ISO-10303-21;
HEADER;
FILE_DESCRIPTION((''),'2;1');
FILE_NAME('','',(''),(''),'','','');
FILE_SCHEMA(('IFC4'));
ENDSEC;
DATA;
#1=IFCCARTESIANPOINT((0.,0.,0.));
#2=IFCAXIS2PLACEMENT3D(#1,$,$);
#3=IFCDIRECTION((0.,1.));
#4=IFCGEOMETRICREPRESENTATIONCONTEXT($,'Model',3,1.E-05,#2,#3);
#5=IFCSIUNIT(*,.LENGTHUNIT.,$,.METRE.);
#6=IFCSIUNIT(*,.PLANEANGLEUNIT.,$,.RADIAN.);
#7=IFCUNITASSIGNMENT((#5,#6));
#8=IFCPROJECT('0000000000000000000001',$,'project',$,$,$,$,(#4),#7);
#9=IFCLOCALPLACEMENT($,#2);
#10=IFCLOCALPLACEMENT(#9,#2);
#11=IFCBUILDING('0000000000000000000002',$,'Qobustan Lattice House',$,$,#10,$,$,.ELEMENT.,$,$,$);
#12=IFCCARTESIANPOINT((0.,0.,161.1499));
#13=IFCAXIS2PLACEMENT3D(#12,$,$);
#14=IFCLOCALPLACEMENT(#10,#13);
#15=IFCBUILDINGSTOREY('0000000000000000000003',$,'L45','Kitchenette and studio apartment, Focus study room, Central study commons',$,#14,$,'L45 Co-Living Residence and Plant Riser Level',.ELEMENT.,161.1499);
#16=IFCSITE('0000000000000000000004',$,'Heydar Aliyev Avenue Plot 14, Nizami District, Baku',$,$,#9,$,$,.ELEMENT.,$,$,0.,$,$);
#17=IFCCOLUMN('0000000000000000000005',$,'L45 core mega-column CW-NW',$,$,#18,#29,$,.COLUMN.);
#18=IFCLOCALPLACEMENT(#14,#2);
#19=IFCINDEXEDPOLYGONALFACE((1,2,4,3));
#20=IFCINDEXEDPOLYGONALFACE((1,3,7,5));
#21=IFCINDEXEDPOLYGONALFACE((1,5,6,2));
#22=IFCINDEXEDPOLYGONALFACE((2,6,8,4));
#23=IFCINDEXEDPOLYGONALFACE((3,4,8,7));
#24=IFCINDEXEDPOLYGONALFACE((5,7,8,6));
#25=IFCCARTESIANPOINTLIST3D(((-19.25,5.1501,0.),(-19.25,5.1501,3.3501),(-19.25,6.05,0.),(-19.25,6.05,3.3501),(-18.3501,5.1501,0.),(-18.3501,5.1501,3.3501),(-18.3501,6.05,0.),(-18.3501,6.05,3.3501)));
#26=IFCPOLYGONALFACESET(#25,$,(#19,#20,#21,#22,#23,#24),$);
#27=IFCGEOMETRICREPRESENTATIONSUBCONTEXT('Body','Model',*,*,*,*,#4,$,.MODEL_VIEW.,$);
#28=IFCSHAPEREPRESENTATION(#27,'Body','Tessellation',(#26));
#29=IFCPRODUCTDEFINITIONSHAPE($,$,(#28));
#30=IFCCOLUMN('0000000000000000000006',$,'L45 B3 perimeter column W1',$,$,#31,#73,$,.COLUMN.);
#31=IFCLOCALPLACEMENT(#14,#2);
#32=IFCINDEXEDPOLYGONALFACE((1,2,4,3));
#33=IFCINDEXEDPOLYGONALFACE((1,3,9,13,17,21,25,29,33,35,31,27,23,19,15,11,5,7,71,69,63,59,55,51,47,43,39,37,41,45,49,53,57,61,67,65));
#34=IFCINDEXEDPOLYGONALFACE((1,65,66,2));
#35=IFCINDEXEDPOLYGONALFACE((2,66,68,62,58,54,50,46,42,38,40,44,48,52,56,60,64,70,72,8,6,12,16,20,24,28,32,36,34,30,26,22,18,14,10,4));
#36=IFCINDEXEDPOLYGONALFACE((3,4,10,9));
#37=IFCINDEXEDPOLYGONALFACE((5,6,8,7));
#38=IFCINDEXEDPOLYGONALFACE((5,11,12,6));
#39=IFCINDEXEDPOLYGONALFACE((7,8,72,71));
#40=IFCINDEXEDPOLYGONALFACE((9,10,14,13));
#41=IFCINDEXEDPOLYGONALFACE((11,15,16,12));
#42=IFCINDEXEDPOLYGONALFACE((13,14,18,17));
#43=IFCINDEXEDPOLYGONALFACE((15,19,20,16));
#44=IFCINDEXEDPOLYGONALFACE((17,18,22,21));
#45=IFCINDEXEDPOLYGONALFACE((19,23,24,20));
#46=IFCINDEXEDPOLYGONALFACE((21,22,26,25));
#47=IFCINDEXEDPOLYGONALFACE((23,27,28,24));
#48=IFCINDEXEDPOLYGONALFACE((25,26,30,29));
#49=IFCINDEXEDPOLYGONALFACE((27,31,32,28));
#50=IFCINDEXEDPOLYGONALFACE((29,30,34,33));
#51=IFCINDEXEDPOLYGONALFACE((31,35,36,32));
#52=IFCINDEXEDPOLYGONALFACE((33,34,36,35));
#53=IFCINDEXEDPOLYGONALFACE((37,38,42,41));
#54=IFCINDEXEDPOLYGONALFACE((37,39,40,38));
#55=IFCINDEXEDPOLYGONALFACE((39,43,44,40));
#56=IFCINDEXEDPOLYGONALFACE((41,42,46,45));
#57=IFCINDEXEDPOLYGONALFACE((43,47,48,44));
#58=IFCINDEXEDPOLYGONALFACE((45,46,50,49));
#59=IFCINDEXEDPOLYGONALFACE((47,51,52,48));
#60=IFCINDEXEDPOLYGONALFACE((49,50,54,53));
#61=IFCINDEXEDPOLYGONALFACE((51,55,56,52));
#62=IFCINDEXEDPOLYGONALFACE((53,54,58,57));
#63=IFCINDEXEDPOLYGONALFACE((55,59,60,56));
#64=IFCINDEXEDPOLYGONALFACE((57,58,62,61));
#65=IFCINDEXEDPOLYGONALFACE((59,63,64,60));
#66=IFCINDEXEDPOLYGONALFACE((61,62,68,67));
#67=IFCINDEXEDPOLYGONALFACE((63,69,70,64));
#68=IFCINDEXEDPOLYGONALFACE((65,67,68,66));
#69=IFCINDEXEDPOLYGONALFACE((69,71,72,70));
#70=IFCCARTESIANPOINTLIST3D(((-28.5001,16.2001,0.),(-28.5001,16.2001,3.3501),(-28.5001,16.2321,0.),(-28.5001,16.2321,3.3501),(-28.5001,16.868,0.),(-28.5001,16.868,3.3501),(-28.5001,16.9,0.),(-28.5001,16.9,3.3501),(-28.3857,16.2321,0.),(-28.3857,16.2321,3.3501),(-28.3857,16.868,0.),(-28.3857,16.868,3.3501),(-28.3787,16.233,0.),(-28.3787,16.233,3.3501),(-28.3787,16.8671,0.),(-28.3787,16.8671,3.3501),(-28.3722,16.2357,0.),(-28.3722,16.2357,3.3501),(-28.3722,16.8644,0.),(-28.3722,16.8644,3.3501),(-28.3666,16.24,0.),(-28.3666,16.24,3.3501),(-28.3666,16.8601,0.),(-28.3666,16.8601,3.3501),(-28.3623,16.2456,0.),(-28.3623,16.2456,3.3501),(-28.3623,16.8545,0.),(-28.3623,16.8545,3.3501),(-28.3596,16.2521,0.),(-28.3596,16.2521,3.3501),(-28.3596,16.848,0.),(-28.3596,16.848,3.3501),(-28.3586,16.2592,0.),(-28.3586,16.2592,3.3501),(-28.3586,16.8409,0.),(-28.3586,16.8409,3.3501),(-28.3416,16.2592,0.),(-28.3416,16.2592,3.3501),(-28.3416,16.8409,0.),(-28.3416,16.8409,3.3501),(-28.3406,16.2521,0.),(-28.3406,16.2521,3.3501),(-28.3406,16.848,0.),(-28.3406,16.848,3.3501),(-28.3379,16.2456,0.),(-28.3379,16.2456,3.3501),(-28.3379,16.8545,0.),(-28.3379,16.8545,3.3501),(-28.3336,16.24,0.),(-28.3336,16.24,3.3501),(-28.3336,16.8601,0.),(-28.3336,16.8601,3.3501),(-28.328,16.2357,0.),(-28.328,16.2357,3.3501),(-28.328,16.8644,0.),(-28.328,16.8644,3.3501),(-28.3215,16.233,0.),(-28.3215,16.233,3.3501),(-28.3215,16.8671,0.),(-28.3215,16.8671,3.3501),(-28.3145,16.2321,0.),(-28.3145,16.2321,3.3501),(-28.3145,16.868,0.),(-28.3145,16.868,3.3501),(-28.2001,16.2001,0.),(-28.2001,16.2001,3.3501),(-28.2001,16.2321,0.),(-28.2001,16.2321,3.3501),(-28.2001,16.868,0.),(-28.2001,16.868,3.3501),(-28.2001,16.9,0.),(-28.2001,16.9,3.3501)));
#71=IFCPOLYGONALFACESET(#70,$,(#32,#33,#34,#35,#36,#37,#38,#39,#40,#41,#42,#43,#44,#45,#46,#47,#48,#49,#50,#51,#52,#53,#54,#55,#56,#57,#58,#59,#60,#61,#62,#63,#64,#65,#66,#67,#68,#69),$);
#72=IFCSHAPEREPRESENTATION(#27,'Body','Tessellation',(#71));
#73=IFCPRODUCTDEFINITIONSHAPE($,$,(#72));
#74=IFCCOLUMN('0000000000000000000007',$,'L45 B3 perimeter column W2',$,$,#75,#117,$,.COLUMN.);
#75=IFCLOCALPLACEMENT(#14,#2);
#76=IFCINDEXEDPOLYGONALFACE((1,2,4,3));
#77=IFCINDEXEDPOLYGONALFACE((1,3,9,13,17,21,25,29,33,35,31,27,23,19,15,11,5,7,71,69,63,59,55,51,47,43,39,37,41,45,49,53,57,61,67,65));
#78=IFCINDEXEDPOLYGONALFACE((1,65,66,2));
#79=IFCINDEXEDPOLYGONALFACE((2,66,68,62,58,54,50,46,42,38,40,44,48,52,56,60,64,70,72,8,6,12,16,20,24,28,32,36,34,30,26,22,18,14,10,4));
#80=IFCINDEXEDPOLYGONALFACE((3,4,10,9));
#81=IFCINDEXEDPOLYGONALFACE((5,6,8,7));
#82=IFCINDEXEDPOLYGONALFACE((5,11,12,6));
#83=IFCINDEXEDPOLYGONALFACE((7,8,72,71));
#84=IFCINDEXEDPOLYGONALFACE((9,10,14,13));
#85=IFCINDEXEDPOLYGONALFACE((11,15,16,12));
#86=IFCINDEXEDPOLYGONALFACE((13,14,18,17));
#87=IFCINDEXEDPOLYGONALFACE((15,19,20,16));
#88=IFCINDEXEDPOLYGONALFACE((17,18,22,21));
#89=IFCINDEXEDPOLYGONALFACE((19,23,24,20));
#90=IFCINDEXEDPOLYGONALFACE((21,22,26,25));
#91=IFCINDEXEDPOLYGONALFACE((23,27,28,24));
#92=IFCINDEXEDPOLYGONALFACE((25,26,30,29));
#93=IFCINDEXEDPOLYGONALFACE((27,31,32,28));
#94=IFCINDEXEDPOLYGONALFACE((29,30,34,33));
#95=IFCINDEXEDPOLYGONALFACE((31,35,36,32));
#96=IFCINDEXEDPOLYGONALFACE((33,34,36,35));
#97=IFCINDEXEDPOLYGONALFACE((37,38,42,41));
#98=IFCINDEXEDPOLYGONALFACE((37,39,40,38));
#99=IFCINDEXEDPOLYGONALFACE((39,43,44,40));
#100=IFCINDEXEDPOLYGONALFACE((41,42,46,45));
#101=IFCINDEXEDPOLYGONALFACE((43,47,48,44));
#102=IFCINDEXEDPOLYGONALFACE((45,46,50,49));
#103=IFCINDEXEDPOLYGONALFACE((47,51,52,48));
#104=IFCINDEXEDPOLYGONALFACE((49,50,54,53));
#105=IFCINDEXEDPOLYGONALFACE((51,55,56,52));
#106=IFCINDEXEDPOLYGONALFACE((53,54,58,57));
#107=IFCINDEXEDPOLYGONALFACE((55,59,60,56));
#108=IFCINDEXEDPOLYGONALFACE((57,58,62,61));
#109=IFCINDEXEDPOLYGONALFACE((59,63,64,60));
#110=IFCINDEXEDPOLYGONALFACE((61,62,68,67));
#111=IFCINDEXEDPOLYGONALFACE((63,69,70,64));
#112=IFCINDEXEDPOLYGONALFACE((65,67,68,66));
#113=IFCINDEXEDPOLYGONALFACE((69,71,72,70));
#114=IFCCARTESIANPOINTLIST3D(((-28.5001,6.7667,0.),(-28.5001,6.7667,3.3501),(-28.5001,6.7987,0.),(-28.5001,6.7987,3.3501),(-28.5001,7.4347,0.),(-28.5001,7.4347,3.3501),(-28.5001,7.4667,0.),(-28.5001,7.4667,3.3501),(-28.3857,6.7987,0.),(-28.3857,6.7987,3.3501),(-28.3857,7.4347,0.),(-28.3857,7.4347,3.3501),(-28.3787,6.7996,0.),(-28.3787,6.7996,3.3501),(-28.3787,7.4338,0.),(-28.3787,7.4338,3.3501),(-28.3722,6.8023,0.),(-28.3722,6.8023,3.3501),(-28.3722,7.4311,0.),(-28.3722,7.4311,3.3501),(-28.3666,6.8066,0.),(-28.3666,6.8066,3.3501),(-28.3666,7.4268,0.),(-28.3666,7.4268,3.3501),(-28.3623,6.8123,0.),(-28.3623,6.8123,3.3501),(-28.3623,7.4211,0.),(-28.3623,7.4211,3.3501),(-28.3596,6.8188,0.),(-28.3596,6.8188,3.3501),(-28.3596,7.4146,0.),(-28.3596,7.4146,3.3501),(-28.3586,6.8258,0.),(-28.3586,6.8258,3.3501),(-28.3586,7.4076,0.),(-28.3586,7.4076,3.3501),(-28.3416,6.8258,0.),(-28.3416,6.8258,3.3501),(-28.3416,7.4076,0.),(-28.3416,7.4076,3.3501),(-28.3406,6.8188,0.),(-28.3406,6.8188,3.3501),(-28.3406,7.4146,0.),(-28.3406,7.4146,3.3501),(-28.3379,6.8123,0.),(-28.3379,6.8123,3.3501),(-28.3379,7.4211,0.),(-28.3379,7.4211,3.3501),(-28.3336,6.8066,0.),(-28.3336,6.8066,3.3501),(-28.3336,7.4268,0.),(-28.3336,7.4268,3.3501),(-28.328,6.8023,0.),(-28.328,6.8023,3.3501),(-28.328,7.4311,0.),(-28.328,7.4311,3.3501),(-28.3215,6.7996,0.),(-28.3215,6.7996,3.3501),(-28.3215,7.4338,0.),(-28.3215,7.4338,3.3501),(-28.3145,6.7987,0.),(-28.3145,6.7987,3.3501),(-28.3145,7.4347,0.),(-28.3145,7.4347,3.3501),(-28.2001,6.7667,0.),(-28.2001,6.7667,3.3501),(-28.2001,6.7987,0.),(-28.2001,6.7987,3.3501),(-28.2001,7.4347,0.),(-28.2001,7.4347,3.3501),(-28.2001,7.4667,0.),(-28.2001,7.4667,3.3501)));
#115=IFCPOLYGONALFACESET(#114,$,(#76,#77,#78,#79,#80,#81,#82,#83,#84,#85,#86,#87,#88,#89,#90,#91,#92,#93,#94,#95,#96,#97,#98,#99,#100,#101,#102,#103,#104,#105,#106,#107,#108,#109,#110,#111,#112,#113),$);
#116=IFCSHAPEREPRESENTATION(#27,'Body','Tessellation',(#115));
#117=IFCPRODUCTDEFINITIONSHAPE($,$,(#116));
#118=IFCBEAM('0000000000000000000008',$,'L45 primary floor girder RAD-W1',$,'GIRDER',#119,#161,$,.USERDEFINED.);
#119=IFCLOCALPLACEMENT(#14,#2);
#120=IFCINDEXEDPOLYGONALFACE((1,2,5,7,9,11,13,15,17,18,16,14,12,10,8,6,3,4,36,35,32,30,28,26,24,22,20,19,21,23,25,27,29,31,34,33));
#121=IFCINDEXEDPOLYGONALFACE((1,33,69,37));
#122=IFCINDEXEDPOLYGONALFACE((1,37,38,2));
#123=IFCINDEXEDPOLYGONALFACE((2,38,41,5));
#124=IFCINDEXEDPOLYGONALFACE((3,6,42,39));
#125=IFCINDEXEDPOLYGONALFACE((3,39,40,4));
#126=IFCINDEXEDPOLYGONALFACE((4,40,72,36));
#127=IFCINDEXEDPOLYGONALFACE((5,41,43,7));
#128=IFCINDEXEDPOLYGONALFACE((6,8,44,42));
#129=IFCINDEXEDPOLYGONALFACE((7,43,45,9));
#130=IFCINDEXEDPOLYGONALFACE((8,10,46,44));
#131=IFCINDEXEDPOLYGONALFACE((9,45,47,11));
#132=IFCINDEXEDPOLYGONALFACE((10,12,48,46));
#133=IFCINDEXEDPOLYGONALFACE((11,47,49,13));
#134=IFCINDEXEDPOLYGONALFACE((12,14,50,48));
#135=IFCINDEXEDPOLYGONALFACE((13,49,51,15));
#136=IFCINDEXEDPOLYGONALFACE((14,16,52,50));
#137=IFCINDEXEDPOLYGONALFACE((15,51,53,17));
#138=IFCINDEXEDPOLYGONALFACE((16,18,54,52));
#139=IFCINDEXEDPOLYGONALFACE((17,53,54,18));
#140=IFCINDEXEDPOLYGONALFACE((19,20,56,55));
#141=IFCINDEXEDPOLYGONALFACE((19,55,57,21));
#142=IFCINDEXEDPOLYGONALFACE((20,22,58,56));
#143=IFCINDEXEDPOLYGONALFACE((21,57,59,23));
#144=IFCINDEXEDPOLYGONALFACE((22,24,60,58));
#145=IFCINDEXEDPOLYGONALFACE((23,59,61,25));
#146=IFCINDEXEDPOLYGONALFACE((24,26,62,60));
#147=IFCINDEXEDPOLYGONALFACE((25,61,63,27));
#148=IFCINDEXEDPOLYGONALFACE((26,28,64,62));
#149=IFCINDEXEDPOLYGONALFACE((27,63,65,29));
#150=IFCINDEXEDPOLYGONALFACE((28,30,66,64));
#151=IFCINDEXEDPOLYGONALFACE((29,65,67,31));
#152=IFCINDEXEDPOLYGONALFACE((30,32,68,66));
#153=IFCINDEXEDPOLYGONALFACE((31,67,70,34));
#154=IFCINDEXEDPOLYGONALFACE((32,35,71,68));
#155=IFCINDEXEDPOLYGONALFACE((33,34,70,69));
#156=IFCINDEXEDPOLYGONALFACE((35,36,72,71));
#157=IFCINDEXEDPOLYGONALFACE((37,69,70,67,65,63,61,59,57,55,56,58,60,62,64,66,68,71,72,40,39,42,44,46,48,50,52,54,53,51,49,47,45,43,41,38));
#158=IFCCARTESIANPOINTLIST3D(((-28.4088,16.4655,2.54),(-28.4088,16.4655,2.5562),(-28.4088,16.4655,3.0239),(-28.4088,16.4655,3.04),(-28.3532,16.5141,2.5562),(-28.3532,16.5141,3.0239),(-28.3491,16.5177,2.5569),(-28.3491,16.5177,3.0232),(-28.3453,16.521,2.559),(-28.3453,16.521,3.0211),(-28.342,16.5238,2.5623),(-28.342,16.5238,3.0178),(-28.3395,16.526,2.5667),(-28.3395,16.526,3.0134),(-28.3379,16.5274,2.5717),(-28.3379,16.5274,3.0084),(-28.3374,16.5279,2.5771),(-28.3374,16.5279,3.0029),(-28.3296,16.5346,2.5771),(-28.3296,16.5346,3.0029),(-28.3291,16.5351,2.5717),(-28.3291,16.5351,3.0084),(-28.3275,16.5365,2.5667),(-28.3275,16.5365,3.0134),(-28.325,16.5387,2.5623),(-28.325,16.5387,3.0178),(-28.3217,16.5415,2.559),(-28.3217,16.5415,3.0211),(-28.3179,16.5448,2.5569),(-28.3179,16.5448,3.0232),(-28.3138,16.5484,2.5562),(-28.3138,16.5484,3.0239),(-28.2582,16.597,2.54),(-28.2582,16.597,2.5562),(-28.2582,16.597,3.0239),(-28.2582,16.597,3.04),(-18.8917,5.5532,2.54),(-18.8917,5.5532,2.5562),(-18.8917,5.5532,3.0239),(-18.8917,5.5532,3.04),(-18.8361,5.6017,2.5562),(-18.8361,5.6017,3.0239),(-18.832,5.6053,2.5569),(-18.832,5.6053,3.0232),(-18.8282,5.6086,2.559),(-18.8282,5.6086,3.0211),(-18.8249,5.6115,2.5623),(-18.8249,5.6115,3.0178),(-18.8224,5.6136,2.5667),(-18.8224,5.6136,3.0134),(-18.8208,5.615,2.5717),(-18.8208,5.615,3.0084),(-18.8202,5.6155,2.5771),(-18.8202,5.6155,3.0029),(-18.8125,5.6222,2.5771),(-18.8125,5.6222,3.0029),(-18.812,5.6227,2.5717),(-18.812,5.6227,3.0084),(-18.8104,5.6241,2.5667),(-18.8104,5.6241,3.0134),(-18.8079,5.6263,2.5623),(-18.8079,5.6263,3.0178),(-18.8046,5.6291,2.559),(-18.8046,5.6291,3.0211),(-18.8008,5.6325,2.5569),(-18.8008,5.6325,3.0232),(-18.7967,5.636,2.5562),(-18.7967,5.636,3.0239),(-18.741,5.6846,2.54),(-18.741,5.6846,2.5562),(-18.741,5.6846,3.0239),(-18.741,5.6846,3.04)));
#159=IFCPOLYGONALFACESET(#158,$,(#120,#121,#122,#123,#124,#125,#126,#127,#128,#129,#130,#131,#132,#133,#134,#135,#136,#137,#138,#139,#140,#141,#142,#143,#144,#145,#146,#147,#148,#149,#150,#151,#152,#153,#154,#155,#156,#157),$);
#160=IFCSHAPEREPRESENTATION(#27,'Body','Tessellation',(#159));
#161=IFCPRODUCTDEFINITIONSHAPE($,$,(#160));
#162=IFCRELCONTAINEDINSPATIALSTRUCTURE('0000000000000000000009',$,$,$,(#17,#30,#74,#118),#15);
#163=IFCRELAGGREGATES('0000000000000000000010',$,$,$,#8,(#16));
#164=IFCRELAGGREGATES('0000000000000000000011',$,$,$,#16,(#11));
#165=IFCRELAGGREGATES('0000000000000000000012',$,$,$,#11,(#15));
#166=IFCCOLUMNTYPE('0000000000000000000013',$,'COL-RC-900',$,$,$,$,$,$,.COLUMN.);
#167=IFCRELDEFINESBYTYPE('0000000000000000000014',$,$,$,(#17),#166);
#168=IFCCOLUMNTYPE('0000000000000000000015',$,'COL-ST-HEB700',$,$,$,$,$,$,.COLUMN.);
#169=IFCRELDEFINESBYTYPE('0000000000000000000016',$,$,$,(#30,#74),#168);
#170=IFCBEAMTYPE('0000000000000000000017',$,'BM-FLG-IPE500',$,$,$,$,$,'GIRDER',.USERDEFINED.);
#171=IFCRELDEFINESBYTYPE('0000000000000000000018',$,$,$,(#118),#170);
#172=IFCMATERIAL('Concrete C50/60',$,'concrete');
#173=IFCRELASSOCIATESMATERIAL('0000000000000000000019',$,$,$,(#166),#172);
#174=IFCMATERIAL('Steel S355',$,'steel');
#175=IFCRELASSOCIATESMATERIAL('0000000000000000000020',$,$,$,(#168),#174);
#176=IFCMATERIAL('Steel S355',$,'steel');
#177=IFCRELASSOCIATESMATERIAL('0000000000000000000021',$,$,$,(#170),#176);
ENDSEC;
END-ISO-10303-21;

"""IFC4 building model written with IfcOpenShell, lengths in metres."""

from ifc_helpers import new_model, si_unit, direction, frame, origin, origin_2d, place, context, subcontext, project, spatial, rectangle, i_section, extrude, material, material_profile, profile_set, type_object, element, save


model = new_model("IFC4")

# Units and contexts
model_context = context("Model", 3, precision=1e-05, world=origin(), true_north=direction((0.0, 1.0)))
body_context = subcontext(model_context, "Body", "Model", "MODEL_VIEW")
ifc_project = project(units=[si_unit("LENGTHUNIT", "METRE"), si_unit("PLANEANGLEUNIT", "RADIAN")], contexts=[model_context])

# Site, building, storey
site_placement = place(None, origin())
site = spatial("IfcSite", under=ifc_project, at=site_placement, Name="Heydar Aliyev Avenue Plot 14, Nizami District, Baku", CompositionType="ELEMENT", RefElevation=0.0)
building_placement = place(site_placement, origin())
building = spatial("IfcBuilding", under=site, at=building_placement, Name="Qobustan Lattice House", CompositionType="ELEMENT")
storey_placement = place(building_placement, frame((0.0, 0.0, 161.1499)))
storey = spatial("IfcBuildingStorey", under=building, at=storey_placement, Name="L45", Description="Kitchenette and studio apartment, Focus study room, Central study commons", LongName="L45 Co-Living Residence and Plant Riser Level", CompositionType="ELEMENT", Elevation=161.1499)

# Columns
ifc_material_1 = material(Name="Concrete C50/60", Category="concrete")
ifc_material_profile_1 = material_profile(ifc_material_1, rectangle(XDim=0.8999, YDim=0.8999, at=origin_2d()), Name="RC900x900")
ifc_profile_set_1 = profile_set([ifc_material_profile_1], Name="Concrete C50/60")
column_type_1 = type_object("IfcColumnType", Name="COL-RC-900", PredefinedType="COLUMN", material=ifc_profile_set_1)
column_placement = place(storey_placement, frame((-18.8, 5.6001, 0.0), z_axis=(0.0, 0.0, 1.0), x_axis=(1.0, 0.0, 0.0)))
element("IfcColumn", 1, at=column_placement, inside=storey, type_object=column_type_1, Name="L45 core mega-column CW-NW", PredefinedType="COLUMN", context=body_context, shape_type="SweptSolid", body=[
    extrude(rectangle(XDim=0.8999, YDim=0.8999, at=origin_2d()), origin(), (0.0, 0.0, 1.0), 3.3501),
])
ifc_material_2 = material(Name="Steel S355", Category="steel")
ifc_material_profile_2 = material_profile(ifc_material_2, i_section(OverallWidth=0.3, OverallDepth=0.7, WebThickness=0.0171, FlangeThickness=0.032, FilletRadius=0.0271, at=origin_2d()), Name="HEB700")
ifc_profile_set_2 = profile_set([ifc_material_profile_2], Name="Steel S355")
column_type_2 = type_object("IfcColumnType", Name="COL-ST-HEB700", PredefinedType="COLUMN", material=ifc_profile_set_2)
for number, where, z_axis, x_axis, name in (
    (2, (-28.3501, 16.55, 0.0), (0.0, 0.0, 1.0), (1.0, 0.0, 0.0), "L45 B3 perimeter column W1"),
    (3, (-28.3501, 7.1167, 0.0), (0.0, 0.0, 1.0), (1.0, 0.0, 0.0), "L45 B3 perimeter column W2"),
):
    element("IfcColumn", number, at=place(storey_placement, frame(where, z_axis=z_axis, x_axis=x_axis)), inside=storey, type_object=column_type_2, Name=name, PredefinedType="COLUMN", context=body_context, shape_type="SweptSolid", body=[
        extrude(i_section(OverallWidth=0.3, OverallDepth=0.7, WebThickness=0.0171, FlangeThickness=0.032, FilletRadius=0.0271, at=origin_2d()), origin(), (0.0, 0.0, 1.0), 3.3501),
    ])

# Beam
ifc_material_3 = material(Name="Steel S355", Category="steel")
ifc_material_profile_3 = material_profile(ifc_material_3, i_section(OverallWidth=0.2, OverallDepth=0.5, WebThickness=0.0103, FlangeThickness=0.0161, FilletRadius=0.021, at=origin_2d()), Name="IPE500")
ifc_profile_set_3 = profile_set([ifc_material_profile_3], Name="Steel S355")
beam_type_1 = type_object("IfcBeamType", Name="BM-FLG-IPE500", ElementType="GIRDER", PredefinedType="USERDEFINED", material=ifc_profile_set_3)
beam_1_placement = place(storey_placement, frame((-28.3335, 16.5312, 2.79), z_axis=(0.657283, -0.753644, 0.0), x_axis=(0.753644, 0.657283, 0.0)))
element("IfcBeam", 4, at=beam_1_placement, inside=storey, type_object=beam_type_1, Name="L45 primary floor girder RAD-W1", ObjectType="GIRDER", PredefinedType="USERDEFINED", context=body_context, shape_type="SweptSolid", body=[
    extrude(i_section(OverallWidth=0.2, OverallDepth=0.5, WebThickness=0.0103, FlangeThickness=0.0161, FilletRadius=0.021, at=origin_2d()), origin(), (0.0, 0.0, 1.0), 14.4795),
])

save(model, "model.ifc")
